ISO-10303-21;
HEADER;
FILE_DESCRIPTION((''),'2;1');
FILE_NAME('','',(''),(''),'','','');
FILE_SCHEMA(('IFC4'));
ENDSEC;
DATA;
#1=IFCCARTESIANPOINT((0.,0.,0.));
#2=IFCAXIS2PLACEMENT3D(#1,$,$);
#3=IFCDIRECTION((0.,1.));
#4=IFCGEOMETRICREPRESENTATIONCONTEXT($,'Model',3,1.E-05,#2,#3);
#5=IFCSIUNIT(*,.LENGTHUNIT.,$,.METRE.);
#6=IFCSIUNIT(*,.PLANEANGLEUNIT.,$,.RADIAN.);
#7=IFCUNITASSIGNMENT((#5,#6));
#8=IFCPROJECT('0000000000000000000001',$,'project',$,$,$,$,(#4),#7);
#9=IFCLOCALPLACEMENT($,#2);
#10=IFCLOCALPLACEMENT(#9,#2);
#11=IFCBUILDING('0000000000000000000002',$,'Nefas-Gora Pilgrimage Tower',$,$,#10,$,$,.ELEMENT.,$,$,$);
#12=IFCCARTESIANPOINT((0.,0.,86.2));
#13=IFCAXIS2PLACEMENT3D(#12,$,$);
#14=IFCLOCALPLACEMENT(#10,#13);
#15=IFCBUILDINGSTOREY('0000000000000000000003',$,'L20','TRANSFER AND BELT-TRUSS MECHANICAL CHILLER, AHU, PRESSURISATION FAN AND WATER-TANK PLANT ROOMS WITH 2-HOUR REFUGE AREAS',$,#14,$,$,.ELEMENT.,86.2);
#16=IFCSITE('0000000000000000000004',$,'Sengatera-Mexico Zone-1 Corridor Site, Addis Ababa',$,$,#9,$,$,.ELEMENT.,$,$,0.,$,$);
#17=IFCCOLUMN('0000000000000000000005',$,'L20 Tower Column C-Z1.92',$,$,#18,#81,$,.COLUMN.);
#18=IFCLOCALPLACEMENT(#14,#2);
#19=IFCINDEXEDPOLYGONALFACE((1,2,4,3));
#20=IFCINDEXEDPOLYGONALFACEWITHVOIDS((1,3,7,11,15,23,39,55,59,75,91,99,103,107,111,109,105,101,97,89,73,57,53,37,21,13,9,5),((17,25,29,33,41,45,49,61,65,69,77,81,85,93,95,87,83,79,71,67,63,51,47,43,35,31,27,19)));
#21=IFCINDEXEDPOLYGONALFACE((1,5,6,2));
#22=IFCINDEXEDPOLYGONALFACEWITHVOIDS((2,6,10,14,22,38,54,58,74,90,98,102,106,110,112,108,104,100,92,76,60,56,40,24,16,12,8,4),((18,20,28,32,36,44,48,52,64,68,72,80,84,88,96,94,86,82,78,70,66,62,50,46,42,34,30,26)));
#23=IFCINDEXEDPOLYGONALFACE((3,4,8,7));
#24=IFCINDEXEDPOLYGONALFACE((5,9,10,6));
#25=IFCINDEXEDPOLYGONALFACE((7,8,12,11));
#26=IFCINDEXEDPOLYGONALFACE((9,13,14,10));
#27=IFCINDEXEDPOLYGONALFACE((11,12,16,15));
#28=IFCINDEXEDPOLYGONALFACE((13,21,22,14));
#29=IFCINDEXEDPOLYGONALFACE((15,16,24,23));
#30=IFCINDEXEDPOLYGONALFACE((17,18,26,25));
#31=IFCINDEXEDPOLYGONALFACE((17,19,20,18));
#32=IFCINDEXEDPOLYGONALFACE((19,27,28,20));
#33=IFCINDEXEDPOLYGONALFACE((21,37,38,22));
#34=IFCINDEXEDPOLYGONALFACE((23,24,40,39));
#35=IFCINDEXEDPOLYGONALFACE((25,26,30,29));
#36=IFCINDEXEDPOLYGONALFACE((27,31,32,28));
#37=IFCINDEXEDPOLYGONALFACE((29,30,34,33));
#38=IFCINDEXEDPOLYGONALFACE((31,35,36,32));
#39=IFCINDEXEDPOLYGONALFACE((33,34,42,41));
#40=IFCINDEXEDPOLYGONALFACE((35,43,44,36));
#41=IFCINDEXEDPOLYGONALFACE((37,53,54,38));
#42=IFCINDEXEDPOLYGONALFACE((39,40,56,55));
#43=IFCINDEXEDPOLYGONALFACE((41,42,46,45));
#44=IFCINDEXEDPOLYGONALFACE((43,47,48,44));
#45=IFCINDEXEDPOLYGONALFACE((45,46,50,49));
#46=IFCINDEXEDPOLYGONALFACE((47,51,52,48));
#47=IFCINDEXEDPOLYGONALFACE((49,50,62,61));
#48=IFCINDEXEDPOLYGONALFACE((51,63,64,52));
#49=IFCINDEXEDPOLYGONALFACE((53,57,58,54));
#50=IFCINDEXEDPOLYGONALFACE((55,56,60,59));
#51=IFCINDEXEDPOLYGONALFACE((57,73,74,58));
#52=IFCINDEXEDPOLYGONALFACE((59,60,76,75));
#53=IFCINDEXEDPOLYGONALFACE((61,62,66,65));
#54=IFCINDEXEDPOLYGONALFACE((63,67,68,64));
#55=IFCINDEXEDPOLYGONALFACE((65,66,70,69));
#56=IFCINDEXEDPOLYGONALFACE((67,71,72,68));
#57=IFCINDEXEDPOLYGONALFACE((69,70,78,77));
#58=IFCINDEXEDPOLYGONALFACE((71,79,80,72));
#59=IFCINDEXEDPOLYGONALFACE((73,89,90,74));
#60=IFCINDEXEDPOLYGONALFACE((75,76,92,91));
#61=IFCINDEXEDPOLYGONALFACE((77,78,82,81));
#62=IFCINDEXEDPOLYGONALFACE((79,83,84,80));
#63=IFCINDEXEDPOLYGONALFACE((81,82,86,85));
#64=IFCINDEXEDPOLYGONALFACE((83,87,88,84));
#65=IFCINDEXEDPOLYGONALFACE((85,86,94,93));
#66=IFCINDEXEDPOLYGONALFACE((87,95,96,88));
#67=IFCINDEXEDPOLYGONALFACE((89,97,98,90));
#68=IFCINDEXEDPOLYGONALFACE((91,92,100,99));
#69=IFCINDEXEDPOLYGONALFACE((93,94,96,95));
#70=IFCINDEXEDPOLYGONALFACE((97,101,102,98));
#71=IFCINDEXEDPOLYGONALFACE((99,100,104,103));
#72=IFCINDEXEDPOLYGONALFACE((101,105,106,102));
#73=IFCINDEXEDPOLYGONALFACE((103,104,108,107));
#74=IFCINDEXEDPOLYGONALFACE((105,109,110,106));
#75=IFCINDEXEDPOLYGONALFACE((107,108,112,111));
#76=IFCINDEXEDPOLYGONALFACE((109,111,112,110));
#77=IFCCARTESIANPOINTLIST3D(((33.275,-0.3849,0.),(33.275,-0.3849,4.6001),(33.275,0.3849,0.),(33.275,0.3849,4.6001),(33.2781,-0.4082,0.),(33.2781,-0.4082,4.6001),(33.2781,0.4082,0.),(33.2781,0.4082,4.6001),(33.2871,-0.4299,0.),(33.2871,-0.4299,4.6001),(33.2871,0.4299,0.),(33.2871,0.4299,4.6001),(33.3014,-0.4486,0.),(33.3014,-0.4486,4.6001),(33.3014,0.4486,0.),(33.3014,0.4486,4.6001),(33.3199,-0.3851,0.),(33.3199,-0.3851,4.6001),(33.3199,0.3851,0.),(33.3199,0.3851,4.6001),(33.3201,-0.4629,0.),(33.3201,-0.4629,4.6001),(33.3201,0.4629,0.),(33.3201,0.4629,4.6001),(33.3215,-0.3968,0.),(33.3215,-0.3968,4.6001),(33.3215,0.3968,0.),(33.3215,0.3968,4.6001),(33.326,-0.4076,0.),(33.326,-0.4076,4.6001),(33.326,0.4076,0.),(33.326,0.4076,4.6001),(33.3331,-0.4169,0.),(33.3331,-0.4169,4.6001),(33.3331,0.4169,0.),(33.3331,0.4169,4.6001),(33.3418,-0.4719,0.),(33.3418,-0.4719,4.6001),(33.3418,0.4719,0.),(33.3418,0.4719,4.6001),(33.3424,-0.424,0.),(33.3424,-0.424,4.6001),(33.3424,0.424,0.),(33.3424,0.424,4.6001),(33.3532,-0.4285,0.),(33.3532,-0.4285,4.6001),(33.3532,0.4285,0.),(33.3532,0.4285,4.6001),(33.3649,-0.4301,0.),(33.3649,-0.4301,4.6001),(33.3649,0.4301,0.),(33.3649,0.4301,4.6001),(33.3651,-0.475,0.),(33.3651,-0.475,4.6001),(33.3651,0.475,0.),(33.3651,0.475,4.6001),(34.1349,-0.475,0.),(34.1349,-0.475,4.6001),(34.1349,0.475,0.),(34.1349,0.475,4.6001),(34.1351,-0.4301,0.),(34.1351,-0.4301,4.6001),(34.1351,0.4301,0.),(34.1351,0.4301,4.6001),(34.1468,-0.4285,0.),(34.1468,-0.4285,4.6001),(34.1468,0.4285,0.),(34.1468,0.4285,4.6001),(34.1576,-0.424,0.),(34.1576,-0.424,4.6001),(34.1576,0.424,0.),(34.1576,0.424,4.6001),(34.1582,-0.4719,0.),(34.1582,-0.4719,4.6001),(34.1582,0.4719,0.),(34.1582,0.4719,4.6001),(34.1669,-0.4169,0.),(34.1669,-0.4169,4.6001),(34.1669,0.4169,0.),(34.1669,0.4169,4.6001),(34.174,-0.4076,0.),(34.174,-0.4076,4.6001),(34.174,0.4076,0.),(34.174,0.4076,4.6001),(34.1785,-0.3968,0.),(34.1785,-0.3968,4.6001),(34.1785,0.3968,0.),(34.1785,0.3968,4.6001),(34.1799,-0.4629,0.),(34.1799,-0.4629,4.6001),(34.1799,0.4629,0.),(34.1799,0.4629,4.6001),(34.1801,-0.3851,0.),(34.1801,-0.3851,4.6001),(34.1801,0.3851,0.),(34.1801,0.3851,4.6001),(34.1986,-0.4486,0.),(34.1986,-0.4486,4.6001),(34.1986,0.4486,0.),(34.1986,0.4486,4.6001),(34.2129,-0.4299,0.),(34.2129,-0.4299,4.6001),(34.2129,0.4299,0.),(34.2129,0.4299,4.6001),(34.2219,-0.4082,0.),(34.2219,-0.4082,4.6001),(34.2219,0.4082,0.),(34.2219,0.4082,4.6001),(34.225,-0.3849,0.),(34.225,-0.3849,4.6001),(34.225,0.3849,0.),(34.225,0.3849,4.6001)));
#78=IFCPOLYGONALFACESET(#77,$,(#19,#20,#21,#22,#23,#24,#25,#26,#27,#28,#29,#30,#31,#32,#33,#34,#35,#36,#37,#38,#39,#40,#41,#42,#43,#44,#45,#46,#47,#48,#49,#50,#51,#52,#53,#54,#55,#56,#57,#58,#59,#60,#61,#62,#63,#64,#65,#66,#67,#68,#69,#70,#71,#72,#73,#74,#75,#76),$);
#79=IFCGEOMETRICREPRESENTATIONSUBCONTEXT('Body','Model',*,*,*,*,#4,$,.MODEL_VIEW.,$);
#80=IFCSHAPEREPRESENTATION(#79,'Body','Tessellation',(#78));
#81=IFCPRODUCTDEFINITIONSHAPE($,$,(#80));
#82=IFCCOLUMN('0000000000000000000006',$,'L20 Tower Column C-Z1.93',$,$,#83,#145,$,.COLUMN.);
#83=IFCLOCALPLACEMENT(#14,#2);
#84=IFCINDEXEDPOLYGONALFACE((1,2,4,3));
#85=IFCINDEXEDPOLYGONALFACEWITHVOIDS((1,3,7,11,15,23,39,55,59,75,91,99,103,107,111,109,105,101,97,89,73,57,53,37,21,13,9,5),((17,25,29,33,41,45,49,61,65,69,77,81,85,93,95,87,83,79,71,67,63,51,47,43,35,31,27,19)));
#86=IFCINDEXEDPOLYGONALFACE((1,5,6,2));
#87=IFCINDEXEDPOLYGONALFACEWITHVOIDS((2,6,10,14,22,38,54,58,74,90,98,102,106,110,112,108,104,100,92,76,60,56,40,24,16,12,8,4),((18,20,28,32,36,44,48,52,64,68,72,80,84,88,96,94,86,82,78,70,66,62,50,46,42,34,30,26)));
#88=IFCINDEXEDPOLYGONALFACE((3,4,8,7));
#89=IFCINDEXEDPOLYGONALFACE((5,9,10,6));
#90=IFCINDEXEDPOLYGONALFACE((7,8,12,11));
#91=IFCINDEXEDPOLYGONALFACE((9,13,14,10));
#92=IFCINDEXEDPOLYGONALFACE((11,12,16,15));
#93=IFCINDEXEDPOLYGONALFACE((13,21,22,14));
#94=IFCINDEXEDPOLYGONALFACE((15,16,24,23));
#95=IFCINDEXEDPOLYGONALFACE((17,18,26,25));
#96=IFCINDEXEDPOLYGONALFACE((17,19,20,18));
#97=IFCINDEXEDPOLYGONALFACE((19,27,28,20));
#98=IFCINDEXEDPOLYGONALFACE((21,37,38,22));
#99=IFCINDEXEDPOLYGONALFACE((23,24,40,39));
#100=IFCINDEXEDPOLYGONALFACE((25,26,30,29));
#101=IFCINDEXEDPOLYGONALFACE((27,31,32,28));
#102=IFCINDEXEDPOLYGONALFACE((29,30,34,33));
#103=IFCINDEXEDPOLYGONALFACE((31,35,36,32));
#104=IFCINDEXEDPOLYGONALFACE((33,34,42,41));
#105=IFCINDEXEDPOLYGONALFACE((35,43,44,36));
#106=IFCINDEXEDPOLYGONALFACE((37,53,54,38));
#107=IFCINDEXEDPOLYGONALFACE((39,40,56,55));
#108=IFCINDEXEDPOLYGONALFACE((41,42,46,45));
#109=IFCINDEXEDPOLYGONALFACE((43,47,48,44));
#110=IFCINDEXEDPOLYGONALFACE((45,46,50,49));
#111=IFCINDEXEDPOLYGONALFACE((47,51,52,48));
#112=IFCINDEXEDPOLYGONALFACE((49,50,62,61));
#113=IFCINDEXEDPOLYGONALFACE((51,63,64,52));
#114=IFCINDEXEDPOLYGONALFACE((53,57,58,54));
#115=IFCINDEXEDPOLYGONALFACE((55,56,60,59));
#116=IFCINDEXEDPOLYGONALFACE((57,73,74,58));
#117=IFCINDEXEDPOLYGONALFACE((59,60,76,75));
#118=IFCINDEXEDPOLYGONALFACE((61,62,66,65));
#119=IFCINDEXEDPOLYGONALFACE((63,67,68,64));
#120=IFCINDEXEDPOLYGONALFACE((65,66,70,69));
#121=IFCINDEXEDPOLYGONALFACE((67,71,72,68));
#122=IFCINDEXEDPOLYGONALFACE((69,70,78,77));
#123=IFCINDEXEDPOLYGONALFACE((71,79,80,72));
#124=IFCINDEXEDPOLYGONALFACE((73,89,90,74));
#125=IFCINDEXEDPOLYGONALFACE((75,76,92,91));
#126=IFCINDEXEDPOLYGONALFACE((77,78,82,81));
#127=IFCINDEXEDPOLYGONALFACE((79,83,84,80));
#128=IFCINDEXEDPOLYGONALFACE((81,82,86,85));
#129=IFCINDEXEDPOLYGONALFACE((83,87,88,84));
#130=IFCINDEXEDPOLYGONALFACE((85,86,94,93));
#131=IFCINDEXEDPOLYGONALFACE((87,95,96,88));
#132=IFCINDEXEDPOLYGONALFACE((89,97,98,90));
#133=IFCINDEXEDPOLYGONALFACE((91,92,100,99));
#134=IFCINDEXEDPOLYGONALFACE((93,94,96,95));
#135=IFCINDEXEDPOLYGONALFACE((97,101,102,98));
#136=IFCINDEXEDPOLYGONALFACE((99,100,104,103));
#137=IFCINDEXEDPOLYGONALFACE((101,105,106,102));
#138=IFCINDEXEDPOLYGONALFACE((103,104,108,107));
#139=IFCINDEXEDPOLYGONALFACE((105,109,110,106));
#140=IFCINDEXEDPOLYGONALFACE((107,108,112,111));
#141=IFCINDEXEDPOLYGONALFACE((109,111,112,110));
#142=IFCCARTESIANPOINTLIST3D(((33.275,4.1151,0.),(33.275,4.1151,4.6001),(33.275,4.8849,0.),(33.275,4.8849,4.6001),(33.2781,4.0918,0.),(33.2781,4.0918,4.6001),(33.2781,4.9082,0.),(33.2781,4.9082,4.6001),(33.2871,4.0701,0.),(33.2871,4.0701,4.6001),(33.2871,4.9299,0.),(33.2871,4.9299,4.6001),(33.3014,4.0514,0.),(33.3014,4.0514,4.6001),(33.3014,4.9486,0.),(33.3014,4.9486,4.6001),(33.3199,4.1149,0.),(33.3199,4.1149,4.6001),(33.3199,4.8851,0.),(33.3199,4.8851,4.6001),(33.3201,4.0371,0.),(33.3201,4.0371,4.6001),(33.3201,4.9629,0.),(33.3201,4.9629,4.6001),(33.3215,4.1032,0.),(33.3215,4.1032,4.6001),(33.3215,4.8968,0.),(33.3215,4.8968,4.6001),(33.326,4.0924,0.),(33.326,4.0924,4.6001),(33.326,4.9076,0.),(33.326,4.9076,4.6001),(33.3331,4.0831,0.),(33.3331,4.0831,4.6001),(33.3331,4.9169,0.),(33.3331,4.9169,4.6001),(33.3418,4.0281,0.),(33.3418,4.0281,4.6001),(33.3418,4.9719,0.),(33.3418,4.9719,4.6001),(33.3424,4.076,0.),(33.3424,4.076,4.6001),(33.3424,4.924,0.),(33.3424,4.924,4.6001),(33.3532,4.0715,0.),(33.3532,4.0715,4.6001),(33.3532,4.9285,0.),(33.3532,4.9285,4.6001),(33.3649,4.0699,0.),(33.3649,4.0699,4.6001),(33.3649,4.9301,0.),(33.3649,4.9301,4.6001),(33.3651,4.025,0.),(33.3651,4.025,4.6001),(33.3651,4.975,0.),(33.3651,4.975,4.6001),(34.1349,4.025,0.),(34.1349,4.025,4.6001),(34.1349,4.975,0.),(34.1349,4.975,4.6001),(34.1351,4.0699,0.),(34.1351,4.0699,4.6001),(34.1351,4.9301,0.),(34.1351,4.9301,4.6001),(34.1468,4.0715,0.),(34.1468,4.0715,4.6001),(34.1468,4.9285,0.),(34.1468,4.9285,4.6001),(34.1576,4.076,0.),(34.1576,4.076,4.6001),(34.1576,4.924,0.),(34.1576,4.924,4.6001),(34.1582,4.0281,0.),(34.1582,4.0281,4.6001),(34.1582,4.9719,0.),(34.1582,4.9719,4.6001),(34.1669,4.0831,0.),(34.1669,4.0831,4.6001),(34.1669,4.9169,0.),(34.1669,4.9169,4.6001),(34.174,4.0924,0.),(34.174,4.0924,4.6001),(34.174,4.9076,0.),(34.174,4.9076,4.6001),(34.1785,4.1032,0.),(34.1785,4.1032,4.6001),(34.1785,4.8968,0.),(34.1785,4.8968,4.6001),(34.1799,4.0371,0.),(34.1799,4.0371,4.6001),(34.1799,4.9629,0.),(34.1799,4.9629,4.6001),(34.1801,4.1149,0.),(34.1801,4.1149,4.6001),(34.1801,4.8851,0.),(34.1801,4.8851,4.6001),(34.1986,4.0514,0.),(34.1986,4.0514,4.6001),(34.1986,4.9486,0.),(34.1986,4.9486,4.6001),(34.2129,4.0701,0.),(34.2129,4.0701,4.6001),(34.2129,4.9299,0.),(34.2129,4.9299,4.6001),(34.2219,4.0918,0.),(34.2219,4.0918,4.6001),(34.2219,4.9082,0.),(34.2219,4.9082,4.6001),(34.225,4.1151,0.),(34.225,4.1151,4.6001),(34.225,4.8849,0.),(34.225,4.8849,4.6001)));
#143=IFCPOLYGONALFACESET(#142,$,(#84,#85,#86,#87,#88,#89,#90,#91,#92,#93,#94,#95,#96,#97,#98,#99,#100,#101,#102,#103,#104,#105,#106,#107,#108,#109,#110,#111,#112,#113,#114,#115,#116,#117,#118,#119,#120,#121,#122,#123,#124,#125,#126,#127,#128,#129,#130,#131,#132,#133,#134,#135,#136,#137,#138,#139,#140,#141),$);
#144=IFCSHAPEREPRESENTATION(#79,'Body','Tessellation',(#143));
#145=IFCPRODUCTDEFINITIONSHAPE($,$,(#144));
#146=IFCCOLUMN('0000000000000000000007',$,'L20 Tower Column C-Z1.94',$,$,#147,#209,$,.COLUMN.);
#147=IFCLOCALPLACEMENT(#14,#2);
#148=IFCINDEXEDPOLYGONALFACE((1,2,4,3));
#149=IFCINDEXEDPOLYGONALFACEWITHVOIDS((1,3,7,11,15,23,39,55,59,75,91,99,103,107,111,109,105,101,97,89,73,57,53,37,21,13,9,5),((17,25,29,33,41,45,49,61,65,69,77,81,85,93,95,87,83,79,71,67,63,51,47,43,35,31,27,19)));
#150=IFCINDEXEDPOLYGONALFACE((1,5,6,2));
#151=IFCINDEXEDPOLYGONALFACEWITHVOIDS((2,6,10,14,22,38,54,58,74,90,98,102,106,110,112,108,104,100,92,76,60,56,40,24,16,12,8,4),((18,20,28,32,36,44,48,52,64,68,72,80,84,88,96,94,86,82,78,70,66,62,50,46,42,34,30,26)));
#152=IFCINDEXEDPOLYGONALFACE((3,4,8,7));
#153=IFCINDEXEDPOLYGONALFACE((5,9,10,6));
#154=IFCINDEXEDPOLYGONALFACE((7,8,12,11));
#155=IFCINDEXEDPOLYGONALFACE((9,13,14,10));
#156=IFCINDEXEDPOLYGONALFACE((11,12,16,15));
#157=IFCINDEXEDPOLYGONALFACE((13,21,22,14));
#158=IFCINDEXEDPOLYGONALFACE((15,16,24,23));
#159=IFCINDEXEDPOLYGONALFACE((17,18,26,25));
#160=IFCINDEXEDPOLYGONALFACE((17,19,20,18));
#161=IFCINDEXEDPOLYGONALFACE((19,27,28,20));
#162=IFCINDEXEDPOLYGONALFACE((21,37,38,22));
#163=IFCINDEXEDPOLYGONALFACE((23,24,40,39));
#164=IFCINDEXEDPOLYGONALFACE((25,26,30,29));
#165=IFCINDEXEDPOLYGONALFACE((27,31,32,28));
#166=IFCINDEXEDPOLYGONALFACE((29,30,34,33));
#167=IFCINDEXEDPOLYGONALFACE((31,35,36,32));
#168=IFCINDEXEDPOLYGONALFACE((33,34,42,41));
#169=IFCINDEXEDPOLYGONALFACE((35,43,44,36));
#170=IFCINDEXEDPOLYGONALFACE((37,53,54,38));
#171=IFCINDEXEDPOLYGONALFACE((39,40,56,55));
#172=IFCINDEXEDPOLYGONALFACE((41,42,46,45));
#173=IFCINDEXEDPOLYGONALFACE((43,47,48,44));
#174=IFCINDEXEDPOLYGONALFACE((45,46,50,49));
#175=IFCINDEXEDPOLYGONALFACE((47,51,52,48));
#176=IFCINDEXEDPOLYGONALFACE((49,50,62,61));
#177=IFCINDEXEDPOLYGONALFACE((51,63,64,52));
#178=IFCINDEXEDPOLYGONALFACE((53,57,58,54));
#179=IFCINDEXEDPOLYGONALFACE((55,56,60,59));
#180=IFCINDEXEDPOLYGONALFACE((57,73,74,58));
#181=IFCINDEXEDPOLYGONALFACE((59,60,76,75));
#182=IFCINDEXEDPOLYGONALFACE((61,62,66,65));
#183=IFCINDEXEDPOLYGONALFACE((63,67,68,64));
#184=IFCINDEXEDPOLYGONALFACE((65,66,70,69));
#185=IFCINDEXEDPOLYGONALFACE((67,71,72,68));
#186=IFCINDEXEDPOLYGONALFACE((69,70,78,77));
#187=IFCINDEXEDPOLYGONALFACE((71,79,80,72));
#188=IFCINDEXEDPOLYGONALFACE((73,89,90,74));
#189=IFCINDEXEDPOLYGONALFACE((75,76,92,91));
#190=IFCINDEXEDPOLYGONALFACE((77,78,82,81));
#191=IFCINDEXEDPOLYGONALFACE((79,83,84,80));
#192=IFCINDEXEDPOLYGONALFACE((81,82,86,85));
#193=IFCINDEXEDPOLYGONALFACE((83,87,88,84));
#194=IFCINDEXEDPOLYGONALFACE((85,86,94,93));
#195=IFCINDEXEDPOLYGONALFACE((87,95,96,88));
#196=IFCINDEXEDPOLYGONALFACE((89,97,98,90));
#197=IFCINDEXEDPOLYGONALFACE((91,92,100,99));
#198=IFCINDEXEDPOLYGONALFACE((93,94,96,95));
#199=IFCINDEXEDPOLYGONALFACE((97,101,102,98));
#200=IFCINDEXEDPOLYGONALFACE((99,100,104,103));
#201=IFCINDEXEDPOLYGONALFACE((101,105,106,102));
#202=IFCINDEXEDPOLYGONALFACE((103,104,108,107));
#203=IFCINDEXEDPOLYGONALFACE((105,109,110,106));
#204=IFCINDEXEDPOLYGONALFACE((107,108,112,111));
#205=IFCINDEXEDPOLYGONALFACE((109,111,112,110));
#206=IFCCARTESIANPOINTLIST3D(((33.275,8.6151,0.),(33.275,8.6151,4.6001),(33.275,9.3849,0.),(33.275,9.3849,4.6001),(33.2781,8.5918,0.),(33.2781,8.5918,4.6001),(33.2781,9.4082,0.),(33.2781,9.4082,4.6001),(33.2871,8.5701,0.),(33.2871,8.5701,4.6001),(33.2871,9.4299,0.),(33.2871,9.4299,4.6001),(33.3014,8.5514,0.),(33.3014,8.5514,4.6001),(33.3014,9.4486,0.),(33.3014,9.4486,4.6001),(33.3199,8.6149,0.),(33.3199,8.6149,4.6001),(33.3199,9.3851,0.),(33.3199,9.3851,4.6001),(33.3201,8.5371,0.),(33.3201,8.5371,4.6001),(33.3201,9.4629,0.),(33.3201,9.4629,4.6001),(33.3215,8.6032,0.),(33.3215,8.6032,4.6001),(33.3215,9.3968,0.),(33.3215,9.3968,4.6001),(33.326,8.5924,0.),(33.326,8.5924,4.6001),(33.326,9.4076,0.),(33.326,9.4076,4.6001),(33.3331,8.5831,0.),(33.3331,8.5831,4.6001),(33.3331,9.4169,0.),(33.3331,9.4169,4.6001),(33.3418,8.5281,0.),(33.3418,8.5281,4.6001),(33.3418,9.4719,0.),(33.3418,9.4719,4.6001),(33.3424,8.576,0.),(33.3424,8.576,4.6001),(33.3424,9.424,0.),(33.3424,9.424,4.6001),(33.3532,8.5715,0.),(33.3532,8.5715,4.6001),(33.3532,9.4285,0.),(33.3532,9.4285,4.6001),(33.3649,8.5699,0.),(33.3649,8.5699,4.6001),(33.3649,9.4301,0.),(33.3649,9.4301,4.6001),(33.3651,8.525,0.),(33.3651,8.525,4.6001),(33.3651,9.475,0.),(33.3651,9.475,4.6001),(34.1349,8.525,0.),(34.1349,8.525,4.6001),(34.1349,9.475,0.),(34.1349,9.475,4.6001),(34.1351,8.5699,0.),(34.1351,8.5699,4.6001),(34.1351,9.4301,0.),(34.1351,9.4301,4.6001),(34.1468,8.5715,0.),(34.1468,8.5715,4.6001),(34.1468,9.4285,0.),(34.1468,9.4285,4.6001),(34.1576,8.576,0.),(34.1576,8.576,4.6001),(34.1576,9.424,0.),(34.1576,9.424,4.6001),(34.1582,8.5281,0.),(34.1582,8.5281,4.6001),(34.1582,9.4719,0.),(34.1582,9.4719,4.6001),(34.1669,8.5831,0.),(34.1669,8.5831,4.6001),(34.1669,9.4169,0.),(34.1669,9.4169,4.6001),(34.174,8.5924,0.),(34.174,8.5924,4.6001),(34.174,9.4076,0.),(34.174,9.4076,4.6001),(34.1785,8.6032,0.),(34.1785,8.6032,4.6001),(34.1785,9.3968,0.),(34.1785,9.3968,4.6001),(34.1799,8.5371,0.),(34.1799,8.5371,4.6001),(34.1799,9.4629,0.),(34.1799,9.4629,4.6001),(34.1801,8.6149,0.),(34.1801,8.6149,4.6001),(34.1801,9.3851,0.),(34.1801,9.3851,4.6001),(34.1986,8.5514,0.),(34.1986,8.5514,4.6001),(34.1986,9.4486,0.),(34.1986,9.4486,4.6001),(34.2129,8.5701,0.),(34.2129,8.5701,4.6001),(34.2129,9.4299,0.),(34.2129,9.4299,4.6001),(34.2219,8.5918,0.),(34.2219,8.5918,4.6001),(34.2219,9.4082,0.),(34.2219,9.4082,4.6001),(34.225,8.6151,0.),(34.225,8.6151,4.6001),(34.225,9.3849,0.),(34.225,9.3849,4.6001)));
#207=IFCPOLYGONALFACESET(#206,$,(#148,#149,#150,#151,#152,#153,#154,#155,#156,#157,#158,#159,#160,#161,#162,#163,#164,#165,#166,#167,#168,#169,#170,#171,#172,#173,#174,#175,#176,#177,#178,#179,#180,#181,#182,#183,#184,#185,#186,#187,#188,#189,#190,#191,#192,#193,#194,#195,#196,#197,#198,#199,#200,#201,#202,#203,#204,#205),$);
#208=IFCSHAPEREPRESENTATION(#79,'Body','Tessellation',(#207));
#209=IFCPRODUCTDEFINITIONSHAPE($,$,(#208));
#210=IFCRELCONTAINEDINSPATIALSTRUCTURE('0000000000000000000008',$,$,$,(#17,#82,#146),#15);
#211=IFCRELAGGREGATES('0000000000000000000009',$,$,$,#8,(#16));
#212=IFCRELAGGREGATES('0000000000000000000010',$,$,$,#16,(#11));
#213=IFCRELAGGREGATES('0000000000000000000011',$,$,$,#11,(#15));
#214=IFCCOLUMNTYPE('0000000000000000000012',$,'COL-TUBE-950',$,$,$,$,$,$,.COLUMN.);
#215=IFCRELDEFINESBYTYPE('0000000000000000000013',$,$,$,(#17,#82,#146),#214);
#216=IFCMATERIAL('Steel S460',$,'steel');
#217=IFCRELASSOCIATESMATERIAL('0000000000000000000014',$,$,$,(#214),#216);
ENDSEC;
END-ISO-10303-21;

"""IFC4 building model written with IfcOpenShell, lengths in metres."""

from ifc_helpers import new_model, si_unit, direction, frame, origin, origin_2d, place, context, subcontext, project, spatial, hollow_rectangle, extrude, source, transform, mapped, material, material_profile, profile_set, type_object, element, save


model = new_model("IFC4")

# Units and contexts
model_context = context("Model", 3, precision=1e-05, world=origin(), true_north=direction((0.0, 1.0)))
body_context = subcontext(model_context, "Body", "Model", "MODEL_VIEW")
ifc_project = project(units=[si_unit("LENGTHUNIT", "METRE"), si_unit("PLANEANGLEUNIT", "RADIAN")], contexts=[model_context])

# Site, building, storey
site_placement = place(None, origin())
site = spatial("IfcSite", under=ifc_project, at=site_placement, Name="Sengatera-Mexico Zone-1 Corridor Site, Addis Ababa", CompositionType="ELEMENT", RefElevation=0.0)
building_placement = place(site_placement, origin())
building = spatial("IfcBuilding", under=site, at=building_placement, Name="Nefas-Gora Pilgrimage Tower", CompositionType="ELEMENT")
storey_placement = place(building_placement, frame((0.0, 0.0, 86.2)))
storey = spatial("IfcBuildingStorey", under=building, at=storey_placement, Name="L20", Description="TRANSFER AND BELT-TRUSS MECHANICAL CHILLER, AHU, PRESSURISATION FAN AND WATER-TANK PLANT ROOMS WITH 2-HOUR REFUGE AREAS", CompositionType="ELEMENT", Elevation=86.2)

# Columns
ifc_material_1 = material(Name="Steel S460", Category="steel")
ifc_material_profile_1 = material_profile(ifc_material_1, hollow_rectangle(XDim=0.95, YDim=0.95, WallThickness=0.0449, InnerFilletRadius=0.0449, OuterFilletRadius=0.0901, at=origin_2d()), Name="BOX 950x950x45")
ifc_profile_set_1 = profile_set([ifc_material_profile_1], Name="Steel S460")
column_type_1 = type_object("IfcColumnType", Name="COL-TUBE-950", PredefinedType="COLUMN", material=ifc_profile_set_1)
shared_shape_1 = source(origin(), body_context, "Body", "SweptSolid", [
    extrude(hollow_rectangle(XDim=0.95, YDim=0.95, WallThickness=0.0449, InnerFilletRadius=0.0449, OuterFilletRadius=0.0901, at=origin_2d()), origin(), (0.0, 0.0, 1.0), 4.6001),
])
for number, where, z_axis, x_axis, name in (
    (1, (33.75, 0.0, 0.0), (0.0, 0.0, 1.0), (1.0, 0.0, 0.0), "L20 Tower Column C-Z1.92"),
    (2, (33.75, 4.5, 0.0), (0.0, 0.0, 1.0), (1.0, 0.0, 0.0), "L20 Tower Column C-Z1.93"),
    (3, (33.75, 9.0, 0.0), (0.0, 0.0, 1.0), (1.0, 0.0, 0.0), "L20 Tower Column C-Z1.94"),
):
    element("IfcColumn", number, at=place(storey_placement, frame(where, z_axis=z_axis, x_axis=x_axis)), inside=storey, type_object=column_type_1, Name=name, PredefinedType="COLUMN", context=body_context, shape_type="MappedRepresentation", body=[
        mapped(shared_shape_1, transform((0.0, 0.0, 0.0), x_axis=(1.0, 0.0, 0.0), y_axis=(0.0, 1.0, 0.0), z_axis=(0.0, 0.0, 1.0), scale=1.0)),
    ])

save(model, "model.ifc")
